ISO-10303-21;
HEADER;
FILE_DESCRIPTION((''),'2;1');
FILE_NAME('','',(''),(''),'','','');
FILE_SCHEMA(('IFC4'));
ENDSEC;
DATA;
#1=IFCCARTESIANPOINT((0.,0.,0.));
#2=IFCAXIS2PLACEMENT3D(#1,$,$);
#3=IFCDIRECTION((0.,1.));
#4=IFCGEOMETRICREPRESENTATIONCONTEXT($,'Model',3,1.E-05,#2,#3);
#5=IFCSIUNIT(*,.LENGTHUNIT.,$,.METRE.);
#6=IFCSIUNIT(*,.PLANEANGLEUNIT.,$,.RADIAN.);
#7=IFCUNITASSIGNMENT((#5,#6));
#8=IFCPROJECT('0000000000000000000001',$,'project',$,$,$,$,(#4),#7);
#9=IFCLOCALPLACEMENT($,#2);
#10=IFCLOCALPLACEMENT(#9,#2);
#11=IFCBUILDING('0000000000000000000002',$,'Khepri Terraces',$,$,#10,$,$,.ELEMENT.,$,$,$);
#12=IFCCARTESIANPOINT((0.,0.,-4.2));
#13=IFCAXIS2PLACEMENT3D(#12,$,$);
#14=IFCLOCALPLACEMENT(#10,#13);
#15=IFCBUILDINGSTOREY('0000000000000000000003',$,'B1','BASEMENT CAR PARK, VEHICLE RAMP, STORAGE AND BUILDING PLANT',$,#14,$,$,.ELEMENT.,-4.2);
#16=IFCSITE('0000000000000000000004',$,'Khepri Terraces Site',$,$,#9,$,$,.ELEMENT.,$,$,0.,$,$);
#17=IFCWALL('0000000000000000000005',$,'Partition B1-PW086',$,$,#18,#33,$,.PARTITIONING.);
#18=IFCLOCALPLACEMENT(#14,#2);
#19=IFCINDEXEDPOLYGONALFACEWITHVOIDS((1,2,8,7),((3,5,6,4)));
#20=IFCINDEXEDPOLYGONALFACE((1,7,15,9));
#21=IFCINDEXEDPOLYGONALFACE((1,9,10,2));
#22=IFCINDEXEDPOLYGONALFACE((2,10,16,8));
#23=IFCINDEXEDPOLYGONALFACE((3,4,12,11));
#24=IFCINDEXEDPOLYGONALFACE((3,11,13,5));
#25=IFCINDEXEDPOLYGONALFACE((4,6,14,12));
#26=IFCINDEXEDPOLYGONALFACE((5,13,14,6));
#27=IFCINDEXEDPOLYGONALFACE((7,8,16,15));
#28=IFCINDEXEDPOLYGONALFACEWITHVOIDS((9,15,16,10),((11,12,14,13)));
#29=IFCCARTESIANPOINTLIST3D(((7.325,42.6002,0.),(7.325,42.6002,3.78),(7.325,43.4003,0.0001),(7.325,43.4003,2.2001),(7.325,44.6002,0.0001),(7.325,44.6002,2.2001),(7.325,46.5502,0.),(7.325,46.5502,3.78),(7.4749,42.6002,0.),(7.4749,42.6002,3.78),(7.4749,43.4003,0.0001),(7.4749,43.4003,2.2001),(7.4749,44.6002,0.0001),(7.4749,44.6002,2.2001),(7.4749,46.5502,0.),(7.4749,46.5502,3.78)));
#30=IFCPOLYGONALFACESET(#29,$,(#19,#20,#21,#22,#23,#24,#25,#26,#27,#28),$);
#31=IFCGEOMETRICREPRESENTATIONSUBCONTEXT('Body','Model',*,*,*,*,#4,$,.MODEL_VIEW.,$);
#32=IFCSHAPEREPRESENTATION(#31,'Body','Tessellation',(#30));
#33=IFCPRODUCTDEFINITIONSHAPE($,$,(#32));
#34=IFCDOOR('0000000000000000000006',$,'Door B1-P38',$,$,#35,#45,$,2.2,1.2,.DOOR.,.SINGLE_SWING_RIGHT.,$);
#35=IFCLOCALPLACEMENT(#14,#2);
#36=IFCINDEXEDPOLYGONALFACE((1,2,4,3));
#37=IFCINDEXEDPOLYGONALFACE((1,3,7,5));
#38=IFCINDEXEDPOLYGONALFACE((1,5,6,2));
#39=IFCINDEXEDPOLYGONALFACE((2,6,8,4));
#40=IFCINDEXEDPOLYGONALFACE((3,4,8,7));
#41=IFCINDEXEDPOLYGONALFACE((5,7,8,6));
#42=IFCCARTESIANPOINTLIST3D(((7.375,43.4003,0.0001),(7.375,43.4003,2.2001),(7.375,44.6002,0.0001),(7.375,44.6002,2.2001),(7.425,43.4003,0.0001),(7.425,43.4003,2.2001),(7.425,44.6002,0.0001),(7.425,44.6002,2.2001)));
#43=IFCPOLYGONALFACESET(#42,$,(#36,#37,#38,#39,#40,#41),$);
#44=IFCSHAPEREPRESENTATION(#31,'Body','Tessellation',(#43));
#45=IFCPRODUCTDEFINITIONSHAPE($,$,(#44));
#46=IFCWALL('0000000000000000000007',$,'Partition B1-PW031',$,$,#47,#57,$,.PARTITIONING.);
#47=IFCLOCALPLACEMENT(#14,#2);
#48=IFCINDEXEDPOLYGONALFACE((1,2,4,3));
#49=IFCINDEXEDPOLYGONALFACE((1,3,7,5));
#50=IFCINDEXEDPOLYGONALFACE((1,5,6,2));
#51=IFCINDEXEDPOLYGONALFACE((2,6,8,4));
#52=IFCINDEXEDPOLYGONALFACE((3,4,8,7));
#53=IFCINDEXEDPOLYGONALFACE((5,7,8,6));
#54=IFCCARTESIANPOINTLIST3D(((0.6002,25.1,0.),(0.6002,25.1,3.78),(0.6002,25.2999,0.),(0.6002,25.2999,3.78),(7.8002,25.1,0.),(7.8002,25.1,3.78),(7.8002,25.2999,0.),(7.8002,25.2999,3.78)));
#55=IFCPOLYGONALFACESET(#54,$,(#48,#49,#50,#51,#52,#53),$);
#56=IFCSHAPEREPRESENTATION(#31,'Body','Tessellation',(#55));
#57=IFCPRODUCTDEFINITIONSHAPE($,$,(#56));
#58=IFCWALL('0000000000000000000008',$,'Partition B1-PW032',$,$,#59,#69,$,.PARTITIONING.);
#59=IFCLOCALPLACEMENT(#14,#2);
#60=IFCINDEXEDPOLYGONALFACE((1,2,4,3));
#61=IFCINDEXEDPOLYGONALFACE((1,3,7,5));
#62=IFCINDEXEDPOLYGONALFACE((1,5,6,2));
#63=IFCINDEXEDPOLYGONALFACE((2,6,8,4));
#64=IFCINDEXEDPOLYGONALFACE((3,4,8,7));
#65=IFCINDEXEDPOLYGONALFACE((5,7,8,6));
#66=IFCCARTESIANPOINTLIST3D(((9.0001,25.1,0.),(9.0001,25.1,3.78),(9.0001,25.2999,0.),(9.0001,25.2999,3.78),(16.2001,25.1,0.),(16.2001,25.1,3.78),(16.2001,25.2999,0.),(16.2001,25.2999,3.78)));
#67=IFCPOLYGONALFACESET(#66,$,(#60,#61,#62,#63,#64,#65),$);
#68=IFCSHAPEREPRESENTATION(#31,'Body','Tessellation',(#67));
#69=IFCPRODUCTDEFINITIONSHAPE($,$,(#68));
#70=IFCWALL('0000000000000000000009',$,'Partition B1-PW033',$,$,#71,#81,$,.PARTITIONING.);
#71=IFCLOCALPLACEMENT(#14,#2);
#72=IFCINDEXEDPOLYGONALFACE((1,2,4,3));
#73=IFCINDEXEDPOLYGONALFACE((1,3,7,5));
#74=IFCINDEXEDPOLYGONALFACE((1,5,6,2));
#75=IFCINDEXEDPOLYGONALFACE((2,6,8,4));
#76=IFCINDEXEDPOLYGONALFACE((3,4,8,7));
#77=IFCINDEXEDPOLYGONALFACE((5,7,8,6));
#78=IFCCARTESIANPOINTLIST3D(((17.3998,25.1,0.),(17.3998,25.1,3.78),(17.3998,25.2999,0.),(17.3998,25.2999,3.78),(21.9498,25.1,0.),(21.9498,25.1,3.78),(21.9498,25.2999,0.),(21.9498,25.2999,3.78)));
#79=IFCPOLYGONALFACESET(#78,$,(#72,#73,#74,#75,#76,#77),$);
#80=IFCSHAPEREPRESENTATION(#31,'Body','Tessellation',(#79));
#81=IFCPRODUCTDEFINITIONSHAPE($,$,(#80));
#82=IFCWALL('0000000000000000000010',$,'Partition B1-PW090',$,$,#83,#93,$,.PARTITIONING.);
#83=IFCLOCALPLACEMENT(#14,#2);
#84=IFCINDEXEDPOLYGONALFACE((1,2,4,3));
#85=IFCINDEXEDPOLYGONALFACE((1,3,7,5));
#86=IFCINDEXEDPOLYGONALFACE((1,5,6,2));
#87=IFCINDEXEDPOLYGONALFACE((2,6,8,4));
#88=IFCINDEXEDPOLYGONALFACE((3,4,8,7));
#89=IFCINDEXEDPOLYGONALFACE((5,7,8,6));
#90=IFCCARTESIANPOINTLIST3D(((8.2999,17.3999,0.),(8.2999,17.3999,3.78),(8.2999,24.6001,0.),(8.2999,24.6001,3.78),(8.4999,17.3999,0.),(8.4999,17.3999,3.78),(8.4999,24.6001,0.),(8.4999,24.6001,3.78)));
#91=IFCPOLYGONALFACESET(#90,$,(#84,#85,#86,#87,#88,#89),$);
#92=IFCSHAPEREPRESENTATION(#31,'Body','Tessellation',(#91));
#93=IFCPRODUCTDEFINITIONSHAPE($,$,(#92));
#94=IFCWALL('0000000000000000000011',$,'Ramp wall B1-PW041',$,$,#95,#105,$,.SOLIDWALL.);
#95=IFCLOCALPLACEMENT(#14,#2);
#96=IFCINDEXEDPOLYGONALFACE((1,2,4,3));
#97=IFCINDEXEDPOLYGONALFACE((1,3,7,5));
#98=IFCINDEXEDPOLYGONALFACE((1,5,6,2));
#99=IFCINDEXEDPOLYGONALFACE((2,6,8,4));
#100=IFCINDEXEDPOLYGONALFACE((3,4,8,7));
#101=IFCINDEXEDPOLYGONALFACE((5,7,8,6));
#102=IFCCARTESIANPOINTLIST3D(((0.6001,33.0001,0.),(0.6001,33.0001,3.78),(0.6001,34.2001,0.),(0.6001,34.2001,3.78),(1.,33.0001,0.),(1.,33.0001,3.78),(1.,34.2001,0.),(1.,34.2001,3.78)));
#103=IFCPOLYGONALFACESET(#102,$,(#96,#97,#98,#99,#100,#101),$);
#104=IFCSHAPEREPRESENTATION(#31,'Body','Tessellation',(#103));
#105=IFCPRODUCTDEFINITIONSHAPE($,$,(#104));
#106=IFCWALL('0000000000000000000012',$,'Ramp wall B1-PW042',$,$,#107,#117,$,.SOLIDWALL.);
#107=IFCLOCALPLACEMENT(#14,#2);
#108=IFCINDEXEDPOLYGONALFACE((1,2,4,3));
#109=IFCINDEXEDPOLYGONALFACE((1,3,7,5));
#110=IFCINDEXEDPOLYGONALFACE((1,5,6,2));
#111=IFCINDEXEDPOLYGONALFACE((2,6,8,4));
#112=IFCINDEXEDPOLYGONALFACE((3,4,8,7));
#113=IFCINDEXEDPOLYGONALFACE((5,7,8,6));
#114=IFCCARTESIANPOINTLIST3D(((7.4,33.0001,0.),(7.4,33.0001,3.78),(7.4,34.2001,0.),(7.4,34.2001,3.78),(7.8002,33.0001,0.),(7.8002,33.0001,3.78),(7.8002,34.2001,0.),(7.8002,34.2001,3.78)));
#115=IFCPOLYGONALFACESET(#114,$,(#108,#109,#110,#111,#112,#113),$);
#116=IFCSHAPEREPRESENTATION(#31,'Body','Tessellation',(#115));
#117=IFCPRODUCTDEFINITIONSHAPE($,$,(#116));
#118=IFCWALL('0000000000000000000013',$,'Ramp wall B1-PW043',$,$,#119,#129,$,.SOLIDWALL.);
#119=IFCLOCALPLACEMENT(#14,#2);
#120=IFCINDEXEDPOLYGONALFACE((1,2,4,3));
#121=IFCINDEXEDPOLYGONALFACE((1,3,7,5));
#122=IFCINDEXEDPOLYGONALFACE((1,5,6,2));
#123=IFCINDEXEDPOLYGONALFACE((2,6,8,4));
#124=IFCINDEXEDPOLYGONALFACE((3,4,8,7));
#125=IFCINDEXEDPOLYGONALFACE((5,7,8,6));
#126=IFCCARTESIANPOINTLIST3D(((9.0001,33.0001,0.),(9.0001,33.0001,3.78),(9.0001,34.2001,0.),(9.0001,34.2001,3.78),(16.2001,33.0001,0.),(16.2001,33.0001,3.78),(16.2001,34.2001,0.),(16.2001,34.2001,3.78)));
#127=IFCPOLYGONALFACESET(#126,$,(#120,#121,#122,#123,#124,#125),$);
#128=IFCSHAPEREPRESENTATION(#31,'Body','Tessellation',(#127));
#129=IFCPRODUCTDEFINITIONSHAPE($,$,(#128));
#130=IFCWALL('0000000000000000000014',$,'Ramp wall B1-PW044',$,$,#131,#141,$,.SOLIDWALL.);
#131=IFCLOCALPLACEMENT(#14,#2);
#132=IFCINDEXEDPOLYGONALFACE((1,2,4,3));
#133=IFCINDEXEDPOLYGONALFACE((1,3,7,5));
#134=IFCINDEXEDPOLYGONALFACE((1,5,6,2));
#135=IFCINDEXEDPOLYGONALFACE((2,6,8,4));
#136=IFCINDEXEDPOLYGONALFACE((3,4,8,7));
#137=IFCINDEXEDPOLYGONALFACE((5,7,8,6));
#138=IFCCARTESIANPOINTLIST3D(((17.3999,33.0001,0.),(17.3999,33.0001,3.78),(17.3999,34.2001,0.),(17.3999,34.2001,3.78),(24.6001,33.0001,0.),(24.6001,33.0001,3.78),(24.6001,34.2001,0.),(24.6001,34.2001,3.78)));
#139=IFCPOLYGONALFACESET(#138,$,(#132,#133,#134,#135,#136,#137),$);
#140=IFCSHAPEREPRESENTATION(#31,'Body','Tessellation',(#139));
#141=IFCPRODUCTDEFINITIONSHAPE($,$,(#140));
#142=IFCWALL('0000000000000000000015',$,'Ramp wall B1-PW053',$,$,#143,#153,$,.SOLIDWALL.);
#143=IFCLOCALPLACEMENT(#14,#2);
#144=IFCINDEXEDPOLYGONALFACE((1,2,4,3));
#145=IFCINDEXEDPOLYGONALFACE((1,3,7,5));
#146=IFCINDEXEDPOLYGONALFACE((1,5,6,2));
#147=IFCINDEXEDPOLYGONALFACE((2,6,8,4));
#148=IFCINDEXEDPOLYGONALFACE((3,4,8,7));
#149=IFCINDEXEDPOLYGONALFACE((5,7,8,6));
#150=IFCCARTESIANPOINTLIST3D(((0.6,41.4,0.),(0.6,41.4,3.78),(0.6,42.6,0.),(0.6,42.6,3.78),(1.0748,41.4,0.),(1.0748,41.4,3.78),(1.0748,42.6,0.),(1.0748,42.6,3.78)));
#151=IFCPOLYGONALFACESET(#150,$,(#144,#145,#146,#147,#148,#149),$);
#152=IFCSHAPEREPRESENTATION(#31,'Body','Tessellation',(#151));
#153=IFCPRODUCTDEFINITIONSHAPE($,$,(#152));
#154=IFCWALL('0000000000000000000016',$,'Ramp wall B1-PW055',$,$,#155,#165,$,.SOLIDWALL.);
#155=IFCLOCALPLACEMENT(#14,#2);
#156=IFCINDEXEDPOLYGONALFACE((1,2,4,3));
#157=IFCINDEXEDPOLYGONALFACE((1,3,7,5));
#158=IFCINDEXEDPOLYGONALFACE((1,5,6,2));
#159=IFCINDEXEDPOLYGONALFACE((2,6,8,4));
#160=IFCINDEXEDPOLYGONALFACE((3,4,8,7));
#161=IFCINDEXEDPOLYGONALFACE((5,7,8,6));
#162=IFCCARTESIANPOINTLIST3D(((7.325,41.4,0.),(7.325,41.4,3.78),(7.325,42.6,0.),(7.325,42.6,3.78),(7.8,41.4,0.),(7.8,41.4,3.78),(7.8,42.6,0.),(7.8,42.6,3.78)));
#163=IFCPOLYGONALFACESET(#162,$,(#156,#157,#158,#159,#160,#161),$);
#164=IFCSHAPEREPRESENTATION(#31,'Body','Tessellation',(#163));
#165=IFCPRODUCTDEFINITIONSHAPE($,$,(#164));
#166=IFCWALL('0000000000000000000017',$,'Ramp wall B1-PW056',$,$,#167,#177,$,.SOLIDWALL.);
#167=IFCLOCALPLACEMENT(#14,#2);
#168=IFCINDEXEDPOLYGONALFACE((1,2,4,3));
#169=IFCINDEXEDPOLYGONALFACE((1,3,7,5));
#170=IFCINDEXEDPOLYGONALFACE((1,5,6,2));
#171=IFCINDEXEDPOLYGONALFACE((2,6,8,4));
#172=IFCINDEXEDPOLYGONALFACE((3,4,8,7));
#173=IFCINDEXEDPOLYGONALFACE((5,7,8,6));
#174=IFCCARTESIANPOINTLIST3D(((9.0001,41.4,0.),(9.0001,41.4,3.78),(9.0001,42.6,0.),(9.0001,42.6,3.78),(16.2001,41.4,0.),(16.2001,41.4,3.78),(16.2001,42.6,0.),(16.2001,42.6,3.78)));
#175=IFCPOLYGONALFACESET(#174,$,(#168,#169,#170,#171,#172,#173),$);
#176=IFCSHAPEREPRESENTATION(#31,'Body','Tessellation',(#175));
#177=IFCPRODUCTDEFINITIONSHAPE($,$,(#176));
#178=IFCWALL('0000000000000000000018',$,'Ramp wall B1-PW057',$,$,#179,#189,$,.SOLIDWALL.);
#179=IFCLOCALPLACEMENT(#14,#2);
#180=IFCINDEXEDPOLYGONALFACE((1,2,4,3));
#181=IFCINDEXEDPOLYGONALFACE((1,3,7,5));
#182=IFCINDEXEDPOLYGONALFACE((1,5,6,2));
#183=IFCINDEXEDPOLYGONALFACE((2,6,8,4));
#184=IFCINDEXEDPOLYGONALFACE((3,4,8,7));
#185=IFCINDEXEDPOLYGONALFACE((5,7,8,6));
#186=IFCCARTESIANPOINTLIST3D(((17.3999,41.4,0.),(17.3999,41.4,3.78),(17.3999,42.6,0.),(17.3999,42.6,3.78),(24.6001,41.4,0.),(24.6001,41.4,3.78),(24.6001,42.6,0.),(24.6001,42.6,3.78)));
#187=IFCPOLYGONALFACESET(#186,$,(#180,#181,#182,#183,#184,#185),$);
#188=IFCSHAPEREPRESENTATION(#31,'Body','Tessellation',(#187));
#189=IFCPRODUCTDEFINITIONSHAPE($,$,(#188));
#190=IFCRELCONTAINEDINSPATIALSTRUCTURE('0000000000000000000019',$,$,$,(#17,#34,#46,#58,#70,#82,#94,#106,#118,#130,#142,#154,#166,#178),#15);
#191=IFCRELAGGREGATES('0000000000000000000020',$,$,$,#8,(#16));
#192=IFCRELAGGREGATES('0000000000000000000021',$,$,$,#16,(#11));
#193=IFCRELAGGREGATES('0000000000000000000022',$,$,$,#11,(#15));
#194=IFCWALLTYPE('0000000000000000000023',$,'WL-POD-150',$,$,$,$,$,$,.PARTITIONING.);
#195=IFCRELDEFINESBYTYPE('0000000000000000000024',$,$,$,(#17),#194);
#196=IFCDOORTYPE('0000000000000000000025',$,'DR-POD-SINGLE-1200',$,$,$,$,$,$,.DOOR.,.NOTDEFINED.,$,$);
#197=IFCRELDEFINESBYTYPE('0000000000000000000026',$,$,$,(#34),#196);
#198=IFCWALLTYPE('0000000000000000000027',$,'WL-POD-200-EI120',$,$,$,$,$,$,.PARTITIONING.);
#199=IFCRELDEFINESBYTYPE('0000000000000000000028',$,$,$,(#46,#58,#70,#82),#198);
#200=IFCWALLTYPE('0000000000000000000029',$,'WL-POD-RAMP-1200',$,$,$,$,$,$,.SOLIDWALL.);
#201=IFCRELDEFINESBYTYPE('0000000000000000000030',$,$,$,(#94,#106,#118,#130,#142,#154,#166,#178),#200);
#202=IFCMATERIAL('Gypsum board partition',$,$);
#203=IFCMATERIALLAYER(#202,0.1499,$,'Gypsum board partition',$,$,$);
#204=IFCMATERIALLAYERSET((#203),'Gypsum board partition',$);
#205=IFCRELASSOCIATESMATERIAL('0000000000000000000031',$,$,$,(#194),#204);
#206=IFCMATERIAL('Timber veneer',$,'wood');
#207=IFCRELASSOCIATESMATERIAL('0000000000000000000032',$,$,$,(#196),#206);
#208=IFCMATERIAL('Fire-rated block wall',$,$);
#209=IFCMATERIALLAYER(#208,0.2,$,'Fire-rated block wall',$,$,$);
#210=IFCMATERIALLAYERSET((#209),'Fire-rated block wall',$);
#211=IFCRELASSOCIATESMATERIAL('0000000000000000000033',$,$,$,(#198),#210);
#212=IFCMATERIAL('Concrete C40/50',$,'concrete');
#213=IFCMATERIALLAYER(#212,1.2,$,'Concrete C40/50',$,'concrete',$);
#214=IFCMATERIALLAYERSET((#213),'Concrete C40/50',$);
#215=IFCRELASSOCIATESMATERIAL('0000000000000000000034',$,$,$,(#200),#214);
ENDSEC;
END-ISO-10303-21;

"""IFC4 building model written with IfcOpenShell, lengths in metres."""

from ifc_helpers import new_model, si_unit, direction, frame, frame_2d, origin, place, context, subcontext, project, spatial, rectangle, extrude, material, layer, layer_set, type_object, element, fill, save


model = new_model("IFC4")

# Units and contexts
model_context = context("Model", 3, precision=1e-05, world=origin(), true_north=direction((0.0, 1.0)))
body_context = subcontext(model_context, "Body", "Model", "MODEL_VIEW")
ifc_project = project(units=[si_unit("LENGTHUNIT", "METRE"), si_unit("PLANEANGLEUNIT", "RADIAN")], contexts=[model_context])

# Site, building, storey
site_placement = place(None, origin())
site = spatial("IfcSite", under=ifc_project, at=site_placement, Name="Khepri Terraces Site", CompositionType="ELEMENT", RefElevation=0.0)
building_placement = place(site_placement, origin())
building = spatial("IfcBuilding", under=site, at=building_placement, Name="Khepri Terraces", CompositionType="ELEMENT")
storey_placement = place(building_placement, frame((0.0, 0.0, -4.2)))
storey = spatial("IfcBuildingStorey", under=building, at=storey_placement, Name="B1", Description="BASEMENT CAR PARK, VEHICLE RAMP, STORAGE AND BUILDING PLANT", CompositionType="ELEMENT", Elevation=-4.2)

# Shared definitions
ifc_material_1 = material(Name="Concrete C40/50", Category="concrete")

# Wall, opening, door
ifc_material_2 = material(Name="Gypsum board partition")
ifc_layer_1 = layer(ifc_material_2, 0.1499, Name="Gypsum board partition")
ifc_layer_set_1 = layer_set([ifc_layer_1], Name="Gypsum board partition")
wall_type_1 = type_object("IfcWallType", Name="WL-POD-150", PredefinedType="PARTITIONING", material=ifc_layer_set_1)
ifc_material_3 = material(Name="Timber veneer", Category="wood")
door_type = type_object("IfcDoorType", Name="DR-POD-SINGLE-1200", OperationType="NOTDEFINED", PredefinedType="DOOR", material=ifc_material_3)
wall_1_placement = place(storey_placement, frame((7.3999, 42.6001, 0.0), z_axis=(0.0, 0.0, 1.0), x_axis=(0.0, 1.0, 0.0)))
wall_1 = element("IfcWall", 1, at=wall_1_placement, inside=storey, type_object=wall_type_1, Name="Partition B1-PW086", PredefinedType="PARTITIONING", context=body_context, shape_type="SweptSolid", body=[
    extrude(rectangle(XDim=3.95, YDim=0.1499, at=frame_2d((1.9751, 0.0))), origin(), (0.0, 0.0, 1.0), 3.78),
])
opening_1_placement = place(wall_1_placement, frame((0.8, 0.0, 0.0)))
opening_1 = element("IfcOpeningElement", 2, at=opening_1_placement, cuts=wall_1, PredefinedType="OPENING", context=body_context, shape_type="SweptSolid", body=[
    extrude(rectangle(XDim=1.2, YDim=2.2, at=frame_2d((0.6001, 1.1001))), frame((0.0, 0.085, 0.0), z_axis=(0.0, -1.0, 0.0), x_axis=(1.0, 0.0, 0.0)), (0.0, 0.0, 1.0), 0.1699),
])
door_1_placement = place(opening_1_placement, origin())
door_1 = element("IfcDoor", 3, at=door_1_placement, inside=storey, type_object=door_type, Name="Door B1-P38", OperationType="SINGLE_SWING_RIGHT", OverallHeight=2.2, OverallWidth=1.2, PredefinedType="DOOR", context=body_context, shape_type="SweptSolid", body=[
    extrude(rectangle(XDim=1.2, YDim=2.2, at=frame_2d((0.6001, 1.1001))), frame((0.0, 0.0249, 0.0), z_axis=(0.0, -1.0, 0.0), x_axis=(1.0, 0.0, 0.0)), (0.0, 0.0, 1.0), 0.05),
])
fill(opening_1, door_1)

# Walls
ifc_material_4 = material(Name="Fire-rated block wall")
ifc_layer_2 = layer(ifc_material_4, 0.2, Name="Fire-rated block wall")
ifc_layer_set_2 = layer_set([ifc_layer_2], Name="Fire-rated block wall")
wall_type_2 = type_object("IfcWallType", Name="WL-POD-200-EI120", PredefinedType="PARTITIONING", material=ifc_layer_set_2)
for number, where, z_axis, x_axis, name in (
    (4, (0.6001, 25.2, 0.0), (0.0, 0.0, 1.0), (1.0, 0.0, 0.0), "Partition B1-PW031"),
    (5, (9.0, 25.2, 0.0), (0.0, 0.0, 1.0), (1.0, 0.0, 0.0), "Partition B1-PW032"),
):
    element("IfcWall", number, at=place(storey_placement, frame(where, z_axis=z_axis, x_axis=x_axis)), inside=storey, type_object=wall_type_2, Name=name, PredefinedType="PARTITIONING", context=body_context, shape_type="SweptSolid", body=[
        extrude(rectangle(XDim=7.2, YDim=0.2, at=frame_2d((3.6001, 0.0))), origin(), (0.0, 0.0, 1.0), 3.78),
    ])
wall_2_placement = place(storey_placement, frame((17.3999, 25.2, 0.0), z_axis=(0.0, 0.0, 1.0), x_axis=(1.0, 0.0, 0.0)))
element("IfcWall", 6, at=wall_2_placement, inside=storey, type_object=wall_type_2, Name="Partition B1-PW033", PredefinedType="PARTITIONING", context=body_context, shape_type="SweptSolid", body=[
    extrude(rectangle(XDim=4.55, YDim=0.2, at=frame_2d((2.2749, 0.0))), origin(), (0.0, 0.0, 1.0), 3.78),
])
wall_3_placement = place(storey_placement, frame((8.3999, 17.3999, 0.0), z_axis=(0.0, 0.0, 1.0), x_axis=(0.0, 1.0, 0.0)))
element("IfcWall", 7, at=wall_3_placement, inside=storey, type_object=wall_type_2, Name="Partition B1-PW090", PredefinedType="PARTITIONING", context=body_context, shape_type="SweptSolid", body=[
    extrude(rectangle(XDim=7.2002, YDim=0.2, at=frame_2d((3.6001, 0.0))), origin(), (0.0, 0.0, 1.0), 3.78),
])
ifc_layer_3 = layer(ifc_material_1, 1.2, Name="Concrete C40/50", Category="concrete")
ifc_layer_set_3 = layer_set([ifc_layer_3], Name="Concrete C40/50")
wall_type_3 = type_object("IfcWallType", Name="WL-POD-RAMP-1200", PredefinedType="SOLIDWALL", material=ifc_layer_set_3)
wall_4_placement = place(storey_placement, frame((0.6001, 33.6001, 0.0), z_axis=(0.0, 0.0, 1.0), x_axis=(1.0, 0.0, 0.0)))
element("IfcWall", 8, at=wall_4_placement, inside=storey, type_object=wall_type_3, Name="Ramp wall B1-PW041", PredefinedType="SOLIDWALL", context=body_context, shape_type="SweptSolid", body=[
    extrude(rectangle(XDim=0.3999, YDim=1.2, at=frame_2d((0.2, 0.0))), origin(), (0.0, 0.0, 1.0), 3.78),
])
wall_5_placement = place(storey_placement, frame((7.3999, 33.6001, 0.0), z_axis=(0.0, 0.0, 1.0), x_axis=(1.0, 0.0, 0.0)))
element("IfcWall", 9, at=wall_5_placement, inside=storey, type_object=wall_type_3, Name="Ramp wall B1-PW042", PredefinedType="SOLIDWALL", context=body_context, shape_type="SweptSolid", body=[
    extrude(rectangle(XDim=0.4001, YDim=1.2, at=frame_2d((0.2002, 0.0))), origin(), (0.0, 0.0, 1.0), 3.78),
])
wall_6_placement = place(storey_placement, frame((9.0, 33.6001, 0.0), z_axis=(0.0, 0.0, 1.0), x_axis=(1.0, 0.0, 0.0)))
element("IfcWall", 10, at=wall_6_placement, inside=storey, type_object=wall_type_3, Name="Ramp wall B1-PW043", PredefinedType="SOLIDWALL", context=body_context, shape_type="SweptSolid", body=[
    extrude(rectangle(XDim=7.2, YDim=1.2, at=frame_2d((3.6001, 0.0))), origin(), (0.0, 0.0, 1.0), 3.78),
])
wall_7_placement = place(storey_placement, frame((17.3999, 33.6001, 0.0), z_axis=(0.0, 0.0, 1.0), x_axis=(1.0, 0.0, 0.0)))
element("IfcWall", 11, at=wall_7_placement, inside=storey, type_object=wall_type_3, Name="Ramp wall B1-PW044", PredefinedType="SOLIDWALL", context=body_context, shape_type="SweptSolid", body=[
    extrude(rectangle(XDim=7.2002, YDim=1.2, at=frame_2d((3.6001, 0.0))), origin(), (0.0, 0.0, 1.0), 3.78),
])
wall_8_placement = place(storey_placement, frame((0.6001, 42.0, 0.0), z_axis=(0.0, 0.0, 1.0), x_axis=(1.0, 0.0, 0.0)))
element("IfcWall", 12, at=wall_8_placement, inside=storey, type_object=wall_type_3, Name="Ramp wall B1-PW053", PredefinedType="SOLIDWALL", context=body_context, shape_type="SweptSolid", body=[
    extrude(rectangle(XDim=0.4749, YDim=1.2, at=frame_2d((0.2373, 0.0))), origin(), (0.0, 0.0, 1.0), 3.78),
])
wall_9_placement = place(storey_placement, frame((7.325, 42.0, 0.0), z_axis=(0.0, 0.0, 1.0), x_axis=(1.0, 0.0, 0.0)))
element("IfcWall", 13, at=wall_9_placement, inside=storey, type_object=wall_type_3, Name="Ramp wall B1-PW055", PredefinedType="SOLIDWALL", context=body_context, shape_type="SweptSolid", body=[
    extrude(rectangle(XDim=0.4751, YDim=1.2, at=frame_2d((0.2375, 0.0))), origin(), (0.0, 0.0, 1.0), 3.78),
])
wall_10_placement = place(storey_placement, frame((9.0, 42.0, 0.0), z_axis=(0.0, 0.0, 1.0), x_axis=(1.0, 0.0, 0.0)))
element("IfcWall", 14, at=wall_10_placement, inside=storey, type_object=wall_type_3, Name="Ramp wall B1-PW056", PredefinedType="SOLIDWALL", context=body_context, shape_type="SweptSolid", body=[
    extrude(rectangle(XDim=7.2, YDim=1.2, at=frame_2d((3.6001, 0.0))), origin(), (0.0, 0.0, 1.0), 3.78),
])
wall_11_placement = place(storey_placement, frame((17.3999, 42.0, 0.0), z_axis=(0.0, 0.0, 1.0), x_axis=(1.0, 0.0, 0.0)))
element("IfcWall", 15, at=wall_11_placement, inside=storey, type_object=wall_type_3, Name="Ramp wall B1-PW057", PredefinedType="SOLIDWALL", context=body_context, shape_type="SweptSolid", body=[
    extrude(rectangle(XDim=7.2002, YDim=1.2, at=frame_2d((3.6001, 0.0))), origin(), (0.0, 0.0, 1.0), 3.78),
])

save(model, "model.ifc")
